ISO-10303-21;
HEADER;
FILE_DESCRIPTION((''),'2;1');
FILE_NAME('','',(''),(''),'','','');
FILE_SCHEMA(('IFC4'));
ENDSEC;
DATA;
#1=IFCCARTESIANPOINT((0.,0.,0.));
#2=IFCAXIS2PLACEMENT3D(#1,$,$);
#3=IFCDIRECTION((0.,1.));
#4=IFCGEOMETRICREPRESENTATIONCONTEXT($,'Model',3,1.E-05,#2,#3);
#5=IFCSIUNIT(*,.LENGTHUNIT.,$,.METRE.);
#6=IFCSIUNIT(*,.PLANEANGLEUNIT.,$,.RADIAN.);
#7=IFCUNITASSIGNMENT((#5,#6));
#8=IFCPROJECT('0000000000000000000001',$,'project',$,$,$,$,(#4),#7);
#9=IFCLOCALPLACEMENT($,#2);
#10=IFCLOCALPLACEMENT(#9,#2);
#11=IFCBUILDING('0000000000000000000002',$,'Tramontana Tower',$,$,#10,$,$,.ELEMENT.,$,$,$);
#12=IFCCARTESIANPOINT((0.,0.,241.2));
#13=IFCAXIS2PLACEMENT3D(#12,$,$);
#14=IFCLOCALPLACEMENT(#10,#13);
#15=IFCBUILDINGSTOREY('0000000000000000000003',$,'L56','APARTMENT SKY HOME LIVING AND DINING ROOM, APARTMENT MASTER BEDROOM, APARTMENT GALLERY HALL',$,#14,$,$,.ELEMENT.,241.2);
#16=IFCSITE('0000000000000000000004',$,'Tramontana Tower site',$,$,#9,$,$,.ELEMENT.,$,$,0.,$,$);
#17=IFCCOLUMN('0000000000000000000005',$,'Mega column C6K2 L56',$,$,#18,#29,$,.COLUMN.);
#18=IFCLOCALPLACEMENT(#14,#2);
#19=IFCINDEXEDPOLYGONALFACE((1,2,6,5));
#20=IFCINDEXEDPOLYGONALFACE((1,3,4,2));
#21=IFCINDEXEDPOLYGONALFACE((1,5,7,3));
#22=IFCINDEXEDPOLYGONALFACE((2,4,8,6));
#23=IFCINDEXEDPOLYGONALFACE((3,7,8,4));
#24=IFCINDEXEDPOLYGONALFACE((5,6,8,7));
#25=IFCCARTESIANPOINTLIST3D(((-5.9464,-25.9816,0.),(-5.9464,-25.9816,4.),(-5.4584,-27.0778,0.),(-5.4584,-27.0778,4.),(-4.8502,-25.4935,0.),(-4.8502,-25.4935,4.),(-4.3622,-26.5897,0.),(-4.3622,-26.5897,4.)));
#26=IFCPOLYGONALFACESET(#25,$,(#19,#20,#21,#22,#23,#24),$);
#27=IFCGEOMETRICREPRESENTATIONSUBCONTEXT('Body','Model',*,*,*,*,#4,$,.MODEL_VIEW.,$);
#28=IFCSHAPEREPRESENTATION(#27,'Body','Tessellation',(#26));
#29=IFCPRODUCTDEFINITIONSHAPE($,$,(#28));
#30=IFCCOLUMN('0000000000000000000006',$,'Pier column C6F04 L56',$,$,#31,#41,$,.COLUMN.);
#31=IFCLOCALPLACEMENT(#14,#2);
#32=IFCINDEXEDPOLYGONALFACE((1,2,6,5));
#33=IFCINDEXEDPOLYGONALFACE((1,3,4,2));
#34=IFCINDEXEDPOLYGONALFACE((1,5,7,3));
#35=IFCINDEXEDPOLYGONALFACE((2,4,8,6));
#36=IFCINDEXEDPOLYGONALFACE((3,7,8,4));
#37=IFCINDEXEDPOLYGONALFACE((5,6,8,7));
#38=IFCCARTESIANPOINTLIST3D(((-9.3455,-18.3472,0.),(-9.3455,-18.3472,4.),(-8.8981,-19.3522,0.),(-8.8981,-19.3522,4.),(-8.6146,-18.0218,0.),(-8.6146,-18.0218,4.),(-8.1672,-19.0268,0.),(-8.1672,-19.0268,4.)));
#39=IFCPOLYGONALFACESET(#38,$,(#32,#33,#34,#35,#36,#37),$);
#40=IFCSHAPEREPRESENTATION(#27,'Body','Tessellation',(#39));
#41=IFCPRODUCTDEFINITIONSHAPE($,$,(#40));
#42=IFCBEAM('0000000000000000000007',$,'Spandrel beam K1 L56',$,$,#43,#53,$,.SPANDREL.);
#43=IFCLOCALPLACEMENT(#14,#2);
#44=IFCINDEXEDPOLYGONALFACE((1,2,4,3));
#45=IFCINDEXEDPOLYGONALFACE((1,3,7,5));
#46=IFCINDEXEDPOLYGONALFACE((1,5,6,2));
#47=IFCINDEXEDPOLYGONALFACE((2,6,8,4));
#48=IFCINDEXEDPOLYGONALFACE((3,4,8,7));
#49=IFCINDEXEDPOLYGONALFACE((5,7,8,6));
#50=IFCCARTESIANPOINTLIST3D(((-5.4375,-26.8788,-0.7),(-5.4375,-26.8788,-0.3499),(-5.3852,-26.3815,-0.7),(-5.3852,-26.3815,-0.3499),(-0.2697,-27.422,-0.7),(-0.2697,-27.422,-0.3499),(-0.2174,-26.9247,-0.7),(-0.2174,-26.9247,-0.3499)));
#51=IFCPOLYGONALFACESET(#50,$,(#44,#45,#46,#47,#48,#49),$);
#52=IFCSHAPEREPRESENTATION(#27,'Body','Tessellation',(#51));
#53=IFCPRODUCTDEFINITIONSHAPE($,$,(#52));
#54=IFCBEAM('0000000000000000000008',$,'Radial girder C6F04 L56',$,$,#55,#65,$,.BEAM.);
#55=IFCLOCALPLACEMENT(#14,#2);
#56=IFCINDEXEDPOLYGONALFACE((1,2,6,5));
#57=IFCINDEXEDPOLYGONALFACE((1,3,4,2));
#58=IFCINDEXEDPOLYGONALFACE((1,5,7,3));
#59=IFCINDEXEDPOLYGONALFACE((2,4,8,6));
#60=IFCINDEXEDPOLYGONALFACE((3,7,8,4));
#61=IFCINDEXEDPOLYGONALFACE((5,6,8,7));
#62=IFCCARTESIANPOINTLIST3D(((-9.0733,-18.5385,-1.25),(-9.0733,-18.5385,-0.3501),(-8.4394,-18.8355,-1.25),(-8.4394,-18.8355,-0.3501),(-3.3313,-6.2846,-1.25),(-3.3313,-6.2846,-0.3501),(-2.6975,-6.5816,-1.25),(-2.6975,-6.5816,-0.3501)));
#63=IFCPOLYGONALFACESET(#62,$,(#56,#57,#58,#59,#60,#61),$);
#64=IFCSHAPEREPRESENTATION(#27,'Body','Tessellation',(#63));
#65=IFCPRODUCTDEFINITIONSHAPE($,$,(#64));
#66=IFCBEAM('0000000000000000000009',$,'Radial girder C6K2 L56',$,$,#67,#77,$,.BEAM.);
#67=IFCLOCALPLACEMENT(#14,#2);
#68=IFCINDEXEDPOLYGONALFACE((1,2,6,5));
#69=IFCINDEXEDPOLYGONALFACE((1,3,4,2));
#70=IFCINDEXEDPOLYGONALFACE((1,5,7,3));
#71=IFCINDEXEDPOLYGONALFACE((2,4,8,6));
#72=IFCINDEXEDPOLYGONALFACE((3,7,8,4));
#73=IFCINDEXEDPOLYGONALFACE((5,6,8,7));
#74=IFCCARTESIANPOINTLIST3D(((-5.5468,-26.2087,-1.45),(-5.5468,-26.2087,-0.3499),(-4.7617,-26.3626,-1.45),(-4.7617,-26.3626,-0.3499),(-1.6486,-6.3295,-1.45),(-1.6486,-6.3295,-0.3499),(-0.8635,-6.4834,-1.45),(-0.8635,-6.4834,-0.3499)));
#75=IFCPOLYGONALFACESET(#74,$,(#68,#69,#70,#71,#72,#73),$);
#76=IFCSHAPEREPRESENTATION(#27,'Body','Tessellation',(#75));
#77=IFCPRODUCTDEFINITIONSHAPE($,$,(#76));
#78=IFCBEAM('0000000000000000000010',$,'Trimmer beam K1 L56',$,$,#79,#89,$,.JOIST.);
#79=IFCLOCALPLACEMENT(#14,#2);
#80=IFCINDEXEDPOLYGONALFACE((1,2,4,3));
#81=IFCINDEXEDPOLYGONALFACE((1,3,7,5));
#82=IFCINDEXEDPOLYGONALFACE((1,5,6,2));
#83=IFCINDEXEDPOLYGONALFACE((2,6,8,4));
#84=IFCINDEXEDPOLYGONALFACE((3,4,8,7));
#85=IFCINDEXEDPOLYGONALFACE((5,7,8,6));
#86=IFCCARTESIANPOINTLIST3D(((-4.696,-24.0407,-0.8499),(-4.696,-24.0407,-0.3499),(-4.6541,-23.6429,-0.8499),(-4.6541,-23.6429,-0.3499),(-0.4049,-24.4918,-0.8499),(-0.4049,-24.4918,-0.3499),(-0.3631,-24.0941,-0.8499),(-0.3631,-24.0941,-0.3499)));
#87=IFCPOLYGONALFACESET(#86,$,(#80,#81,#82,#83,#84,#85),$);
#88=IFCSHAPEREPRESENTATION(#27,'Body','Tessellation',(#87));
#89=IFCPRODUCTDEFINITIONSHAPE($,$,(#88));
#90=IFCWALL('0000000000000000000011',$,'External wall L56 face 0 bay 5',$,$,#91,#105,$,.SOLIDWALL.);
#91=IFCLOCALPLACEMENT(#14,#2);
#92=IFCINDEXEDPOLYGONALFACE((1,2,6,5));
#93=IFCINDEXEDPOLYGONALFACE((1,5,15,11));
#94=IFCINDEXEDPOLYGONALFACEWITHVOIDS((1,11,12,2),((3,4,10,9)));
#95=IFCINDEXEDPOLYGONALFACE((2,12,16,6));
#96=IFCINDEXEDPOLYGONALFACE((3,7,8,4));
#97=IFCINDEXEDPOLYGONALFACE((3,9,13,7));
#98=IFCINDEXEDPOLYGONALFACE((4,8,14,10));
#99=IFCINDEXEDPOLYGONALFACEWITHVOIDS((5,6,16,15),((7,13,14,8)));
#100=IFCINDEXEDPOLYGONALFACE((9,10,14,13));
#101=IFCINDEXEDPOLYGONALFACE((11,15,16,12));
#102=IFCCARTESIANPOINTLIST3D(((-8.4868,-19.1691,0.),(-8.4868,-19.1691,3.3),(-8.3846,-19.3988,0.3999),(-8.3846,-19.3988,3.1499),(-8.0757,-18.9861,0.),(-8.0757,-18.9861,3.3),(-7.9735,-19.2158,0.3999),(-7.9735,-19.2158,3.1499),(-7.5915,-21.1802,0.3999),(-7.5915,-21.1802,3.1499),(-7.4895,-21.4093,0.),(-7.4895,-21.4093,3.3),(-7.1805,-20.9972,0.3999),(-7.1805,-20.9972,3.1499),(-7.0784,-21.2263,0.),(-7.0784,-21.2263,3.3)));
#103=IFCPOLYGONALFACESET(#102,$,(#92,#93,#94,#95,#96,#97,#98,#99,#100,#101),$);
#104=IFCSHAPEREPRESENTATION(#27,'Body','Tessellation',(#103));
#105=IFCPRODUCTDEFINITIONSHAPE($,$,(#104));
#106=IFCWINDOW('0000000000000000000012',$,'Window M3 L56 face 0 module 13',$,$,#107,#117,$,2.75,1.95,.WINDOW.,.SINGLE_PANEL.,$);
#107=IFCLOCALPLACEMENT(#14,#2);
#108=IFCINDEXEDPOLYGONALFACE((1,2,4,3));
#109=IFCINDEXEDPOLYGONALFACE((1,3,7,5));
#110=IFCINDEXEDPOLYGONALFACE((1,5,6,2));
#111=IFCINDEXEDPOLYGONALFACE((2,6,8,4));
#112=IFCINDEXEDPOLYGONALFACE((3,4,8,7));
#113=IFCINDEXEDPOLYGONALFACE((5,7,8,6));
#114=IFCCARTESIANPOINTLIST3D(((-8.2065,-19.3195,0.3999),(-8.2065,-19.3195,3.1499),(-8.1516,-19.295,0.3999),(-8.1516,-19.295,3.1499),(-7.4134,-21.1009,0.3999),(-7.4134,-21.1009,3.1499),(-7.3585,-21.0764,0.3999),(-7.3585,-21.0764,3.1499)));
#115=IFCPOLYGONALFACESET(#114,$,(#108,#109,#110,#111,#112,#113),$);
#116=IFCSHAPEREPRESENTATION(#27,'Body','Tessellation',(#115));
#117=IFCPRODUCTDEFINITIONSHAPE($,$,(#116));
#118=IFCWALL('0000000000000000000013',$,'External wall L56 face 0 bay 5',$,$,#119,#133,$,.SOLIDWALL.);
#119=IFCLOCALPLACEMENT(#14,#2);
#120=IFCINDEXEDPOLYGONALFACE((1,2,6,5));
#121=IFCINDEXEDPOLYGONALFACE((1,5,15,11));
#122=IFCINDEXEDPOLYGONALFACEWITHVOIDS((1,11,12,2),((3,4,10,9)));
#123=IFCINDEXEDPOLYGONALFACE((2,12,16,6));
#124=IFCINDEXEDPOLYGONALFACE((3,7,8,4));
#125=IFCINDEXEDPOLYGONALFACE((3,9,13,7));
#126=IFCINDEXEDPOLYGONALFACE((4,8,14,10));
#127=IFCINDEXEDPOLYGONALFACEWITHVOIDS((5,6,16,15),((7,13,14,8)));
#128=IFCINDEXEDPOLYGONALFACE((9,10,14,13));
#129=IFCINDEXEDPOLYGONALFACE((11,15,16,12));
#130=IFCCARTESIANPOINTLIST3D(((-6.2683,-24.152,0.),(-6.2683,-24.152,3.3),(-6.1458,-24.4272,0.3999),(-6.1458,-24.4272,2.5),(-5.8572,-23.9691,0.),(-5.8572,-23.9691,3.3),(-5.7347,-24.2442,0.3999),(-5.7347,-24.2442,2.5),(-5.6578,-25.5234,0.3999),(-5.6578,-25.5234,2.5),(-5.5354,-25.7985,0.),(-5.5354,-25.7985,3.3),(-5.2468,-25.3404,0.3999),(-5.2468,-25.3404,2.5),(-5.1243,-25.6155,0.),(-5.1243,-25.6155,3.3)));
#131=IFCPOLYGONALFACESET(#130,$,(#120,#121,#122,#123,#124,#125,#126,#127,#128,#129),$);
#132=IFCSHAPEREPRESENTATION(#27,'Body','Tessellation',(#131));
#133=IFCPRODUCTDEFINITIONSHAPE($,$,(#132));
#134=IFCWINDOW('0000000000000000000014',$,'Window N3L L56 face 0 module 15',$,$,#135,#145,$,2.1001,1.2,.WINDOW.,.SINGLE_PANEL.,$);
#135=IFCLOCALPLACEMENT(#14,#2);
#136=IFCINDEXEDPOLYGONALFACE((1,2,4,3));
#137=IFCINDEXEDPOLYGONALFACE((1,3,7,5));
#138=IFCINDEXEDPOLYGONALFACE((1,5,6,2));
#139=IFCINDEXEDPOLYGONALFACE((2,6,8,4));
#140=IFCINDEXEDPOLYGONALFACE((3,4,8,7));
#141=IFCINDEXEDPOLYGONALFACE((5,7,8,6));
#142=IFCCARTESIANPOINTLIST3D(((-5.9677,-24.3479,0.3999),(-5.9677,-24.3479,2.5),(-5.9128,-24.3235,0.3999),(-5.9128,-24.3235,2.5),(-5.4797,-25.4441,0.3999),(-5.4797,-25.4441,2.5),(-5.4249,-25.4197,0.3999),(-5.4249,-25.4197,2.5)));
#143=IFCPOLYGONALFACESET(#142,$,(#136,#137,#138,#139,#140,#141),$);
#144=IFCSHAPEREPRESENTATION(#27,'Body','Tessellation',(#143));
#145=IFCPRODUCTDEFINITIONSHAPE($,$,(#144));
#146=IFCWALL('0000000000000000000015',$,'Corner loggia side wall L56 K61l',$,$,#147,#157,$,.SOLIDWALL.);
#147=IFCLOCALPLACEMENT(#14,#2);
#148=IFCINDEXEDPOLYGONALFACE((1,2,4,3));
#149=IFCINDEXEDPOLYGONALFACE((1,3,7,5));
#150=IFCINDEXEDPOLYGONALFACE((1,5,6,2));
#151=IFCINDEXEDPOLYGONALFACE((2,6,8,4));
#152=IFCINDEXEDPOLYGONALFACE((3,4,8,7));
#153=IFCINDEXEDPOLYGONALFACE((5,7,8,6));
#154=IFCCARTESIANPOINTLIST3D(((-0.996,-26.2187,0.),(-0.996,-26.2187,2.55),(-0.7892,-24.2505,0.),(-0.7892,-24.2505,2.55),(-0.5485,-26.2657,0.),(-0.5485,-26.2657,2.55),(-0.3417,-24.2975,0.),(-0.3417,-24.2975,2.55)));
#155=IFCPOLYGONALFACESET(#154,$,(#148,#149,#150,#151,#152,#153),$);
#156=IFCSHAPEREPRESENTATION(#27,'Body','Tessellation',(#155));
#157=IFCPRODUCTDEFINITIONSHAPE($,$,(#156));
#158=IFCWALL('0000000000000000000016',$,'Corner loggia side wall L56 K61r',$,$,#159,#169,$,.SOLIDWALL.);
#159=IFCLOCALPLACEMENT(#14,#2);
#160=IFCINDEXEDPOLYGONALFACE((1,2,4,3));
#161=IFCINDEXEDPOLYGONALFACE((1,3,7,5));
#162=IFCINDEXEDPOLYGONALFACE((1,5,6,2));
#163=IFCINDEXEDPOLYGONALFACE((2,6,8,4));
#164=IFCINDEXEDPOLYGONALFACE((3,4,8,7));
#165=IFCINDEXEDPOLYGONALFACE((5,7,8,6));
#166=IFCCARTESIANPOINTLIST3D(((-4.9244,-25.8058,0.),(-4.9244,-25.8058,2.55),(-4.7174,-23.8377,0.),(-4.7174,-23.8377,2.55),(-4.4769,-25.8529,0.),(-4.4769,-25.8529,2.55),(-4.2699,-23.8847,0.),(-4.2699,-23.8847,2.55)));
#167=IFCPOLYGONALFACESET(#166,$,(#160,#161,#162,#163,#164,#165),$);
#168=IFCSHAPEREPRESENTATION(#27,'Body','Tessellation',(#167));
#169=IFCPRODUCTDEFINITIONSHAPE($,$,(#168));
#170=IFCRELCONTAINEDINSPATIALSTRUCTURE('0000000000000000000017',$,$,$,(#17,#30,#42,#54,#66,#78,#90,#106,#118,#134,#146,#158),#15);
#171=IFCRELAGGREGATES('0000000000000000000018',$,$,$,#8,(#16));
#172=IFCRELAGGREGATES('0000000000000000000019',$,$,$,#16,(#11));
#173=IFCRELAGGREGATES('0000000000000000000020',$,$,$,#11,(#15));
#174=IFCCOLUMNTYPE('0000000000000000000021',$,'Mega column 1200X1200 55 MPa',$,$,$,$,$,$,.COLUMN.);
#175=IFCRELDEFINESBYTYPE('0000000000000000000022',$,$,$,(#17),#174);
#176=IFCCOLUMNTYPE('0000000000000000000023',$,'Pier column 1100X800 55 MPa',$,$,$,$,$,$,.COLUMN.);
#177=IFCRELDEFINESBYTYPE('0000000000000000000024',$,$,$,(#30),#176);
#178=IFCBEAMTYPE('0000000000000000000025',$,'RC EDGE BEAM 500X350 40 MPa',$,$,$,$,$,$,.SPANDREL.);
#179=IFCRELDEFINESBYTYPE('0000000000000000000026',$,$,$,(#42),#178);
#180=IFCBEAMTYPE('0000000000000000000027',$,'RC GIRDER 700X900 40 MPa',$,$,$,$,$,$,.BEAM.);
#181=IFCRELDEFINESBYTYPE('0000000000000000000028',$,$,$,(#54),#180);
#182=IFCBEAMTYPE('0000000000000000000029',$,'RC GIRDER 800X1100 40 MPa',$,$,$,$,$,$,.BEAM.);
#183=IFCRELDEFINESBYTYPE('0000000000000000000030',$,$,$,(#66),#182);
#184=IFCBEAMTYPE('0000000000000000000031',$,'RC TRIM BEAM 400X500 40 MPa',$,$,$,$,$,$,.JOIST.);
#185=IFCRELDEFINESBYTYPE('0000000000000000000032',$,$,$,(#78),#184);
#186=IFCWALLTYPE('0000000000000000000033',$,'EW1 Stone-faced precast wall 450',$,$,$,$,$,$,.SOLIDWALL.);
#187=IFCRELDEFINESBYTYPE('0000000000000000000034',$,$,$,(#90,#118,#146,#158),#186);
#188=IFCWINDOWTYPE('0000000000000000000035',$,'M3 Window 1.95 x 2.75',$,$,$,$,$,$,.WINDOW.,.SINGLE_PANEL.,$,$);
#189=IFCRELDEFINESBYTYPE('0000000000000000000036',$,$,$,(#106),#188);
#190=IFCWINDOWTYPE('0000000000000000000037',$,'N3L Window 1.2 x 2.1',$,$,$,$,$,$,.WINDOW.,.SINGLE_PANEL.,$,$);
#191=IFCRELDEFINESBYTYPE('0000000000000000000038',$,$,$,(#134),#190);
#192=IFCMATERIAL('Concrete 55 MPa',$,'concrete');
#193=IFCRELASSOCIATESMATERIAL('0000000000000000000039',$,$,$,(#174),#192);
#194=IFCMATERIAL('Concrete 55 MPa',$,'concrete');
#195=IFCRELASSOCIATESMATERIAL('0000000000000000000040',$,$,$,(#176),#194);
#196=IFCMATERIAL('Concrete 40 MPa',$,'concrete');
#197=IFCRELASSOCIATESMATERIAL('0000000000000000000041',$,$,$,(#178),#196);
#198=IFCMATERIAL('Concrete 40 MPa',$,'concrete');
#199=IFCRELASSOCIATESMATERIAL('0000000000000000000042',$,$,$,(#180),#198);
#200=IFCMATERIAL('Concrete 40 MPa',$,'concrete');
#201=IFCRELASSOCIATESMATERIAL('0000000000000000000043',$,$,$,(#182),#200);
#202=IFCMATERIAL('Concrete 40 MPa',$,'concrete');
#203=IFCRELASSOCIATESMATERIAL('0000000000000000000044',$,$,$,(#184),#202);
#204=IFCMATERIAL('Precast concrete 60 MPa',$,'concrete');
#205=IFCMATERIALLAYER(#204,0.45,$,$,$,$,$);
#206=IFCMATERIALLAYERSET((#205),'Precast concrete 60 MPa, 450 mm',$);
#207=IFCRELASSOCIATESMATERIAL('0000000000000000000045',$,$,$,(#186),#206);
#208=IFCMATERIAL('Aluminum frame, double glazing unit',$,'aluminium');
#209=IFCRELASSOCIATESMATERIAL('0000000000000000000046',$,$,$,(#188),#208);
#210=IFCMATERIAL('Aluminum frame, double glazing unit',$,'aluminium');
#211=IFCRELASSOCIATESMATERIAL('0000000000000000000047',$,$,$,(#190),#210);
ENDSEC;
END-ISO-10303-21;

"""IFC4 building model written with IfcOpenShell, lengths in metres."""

from ifc_helpers import new_model, si_unit, direction, frame, frame_2d, origin, origin_2d, place, context, subcontext, project, spatial, rectangle, extrude, material, layer, layer_set, material_profile, profile_set, type_object, element, fill, save


model = new_model("IFC4")

# Units and contexts
model_context = context("Model", 3, precision=1e-05, world=origin(), true_north=direction((0.0, 1.0)))
body_context = subcontext(model_context, "Body", "Model", "MODEL_VIEW")
ifc_project = project(units=[si_unit("LENGTHUNIT", "METRE"), si_unit("PLANEANGLEUNIT", "RADIAN")], contexts=[model_context])

# Site, building, storey
site_placement = place(None, origin())
site = spatial("IfcSite", under=ifc_project, at=site_placement, Name="Tramontana Tower site", CompositionType="ELEMENT", RefElevation=0.0)
building_placement = place(site_placement, origin())
building = spatial("IfcBuilding", under=site, at=building_placement, Name="Tramontana Tower", CompositionType="ELEMENT")
storey_placement = place(building_placement, frame((0.0, 0.0, 241.2)))
storey = spatial("IfcBuildingStorey", under=building, at=storey_placement, Name="L56", Description="APARTMENT SKY HOME LIVING AND DINING ROOM, APARTMENT MASTER BEDROOM, APARTMENT GALLERY HALL", CompositionType="ELEMENT", Elevation=241.2)

# Columns
ifc_material_1 = material(Name="Concrete 55 MPa", Category="concrete")
ifc_material_profile_1 = material_profile(ifc_material_1, rectangle(XDim=1.2, YDim=1.2, at=origin_2d()), Name="Mega column 1200X1200 55 MPa")
ifc_profile_set_1 = profile_set([ifc_material_profile_1], Name="Concrete 55 MPa")
column_type_1 = type_object("IfcColumnType", Name="Mega column 1200X1200 55 MPa", PredefinedType="COLUMN", material=ifc_profile_set_1)
column_1_placement = place(storey_placement, frame((-5.1543, -26.2856, 0.0), z_axis=(0.0, 0.0, 1.0), x_axis=(0.406737, -0.913545, 0.0)))
element("IfcColumn", 1, at=column_1_placement, inside=storey, type_object=column_type_1, Name="Mega column C6K2 L56", PredefinedType="COLUMN", context=body_context, shape_type="SweptSolid", body=[
    extrude(rectangle(XDim=1.2, YDim=1.2, at=origin_2d()), origin(), (0.0, 0.0, 1.0), 4.0),
])
ifc_material_2 = material(Name="Concrete 55 MPa", Category="concrete")
ifc_material_profile_2 = material_profile(ifc_material_2, rectangle(XDim=1.1001, YDim=0.8, at=origin_2d()), Name="Pier column 1100X800 55 MPa")
ifc_profile_set_2 = profile_set([ifc_material_profile_2], Name="Concrete 55 MPa")
column_type_2 = type_object("IfcColumnType", Name="Pier column 1100X800 55 MPa", PredefinedType="COLUMN", material=ifc_profile_set_2)
column_2_placement = place(storey_placement, frame((-8.7563, -18.687, 0.0), z_axis=(0.0, 0.0, 1.0), x_axis=(0.406737, -0.913545, 0.0)))
element("IfcColumn", 2, at=column_2_placement, inside=storey, type_object=column_type_2, Name="Pier column C6F04 L56", PredefinedType="COLUMN", context=body_context, shape_type="SweptSolid", body=[
    extrude(rectangle(XDim=1.1001, YDim=0.8, at=origin_2d()), origin(), (0.0, 0.0, 1.0), 4.0),
])

# Beams
ifc_material_3 = material(Name="Concrete 40 MPa", Category="concrete")
ifc_material_profile_3 = material_profile(ifc_material_3, rectangle(XDim=0.5, YDim=0.3501, at=origin_2d()), Name="RC EDGE BEAM 500X350 40 MPa")
ifc_profile_set_3 = profile_set([ifc_material_profile_3], Name="Concrete 40 MPa")
beam_type_1 = type_object("IfcBeamType", Name="RC EDGE BEAM 500X350 40 MPa", PredefinedType="SPANDREL", material=ifc_profile_set_3)
beam_1_placement = place(storey_placement, frame((-5.4114, -26.6301, -0.5249), z_axis=(0.994521, -0.10454, 0.0), x_axis=(0.10454, 0.994521, 0.0)))
element("IfcBeam", 3, at=beam_1_placement, inside=storey, type_object=beam_type_1, Name="Spandrel beam K1 L56", PredefinedType="SPANDREL", context=body_context, shape_type="SweptSolid", body=[
    extrude(rectangle(XDim=0.5, YDim=0.3501, at=origin_2d()), origin(), (0.0, 0.0, 1.0), 5.1963),
])
ifc_material_4 = material(Name="Concrete 40 MPa", Category="concrete")
ifc_material_profile_4 = material_profile(ifc_material_4, rectangle(XDim=0.7, YDim=0.8999, at=origin_2d()), Name="RC GIRDER 700X900 40 MPa")
ifc_profile_set_4 = profile_set([ifc_material_profile_4], Name="Concrete 40 MPa")
beam_type_2 = type_object("IfcBeamType", Name="RC GIRDER 700X900 40 MPa", PredefinedType="BEAM", material=ifc_profile_set_4)
beam_2_placement = place(storey_placement, frame((-8.7563, -18.687, -0.8), z_axis=(0.424308, 0.905518, 0.0), x_axis=(-0.905518, 0.424308, 0.0)))
element("IfcBeam", 4, at=beam_2_placement, inside=storey, type_object=beam_type_2, Name="Radial girder C6F04 L56", PredefinedType="BEAM", context=body_context, shape_type="SweptSolid", body=[
    extrude(rectangle(XDim=0.7, YDim=0.8999, at=origin_2d()), origin(), (0.0, 0.0, 1.0), 13.5325),
])
ifc_material_5 = material(Name="Concrete 40 MPa", Category="concrete")
ifc_material_profile_5 = material_profile(ifc_material_5, rectangle(XDim=0.8, YDim=1.1001, at=origin_2d()), Name="RC GIRDER 800X1100 40 MPa")
ifc_profile_set_5 = profile_set([ifc_material_profile_5], Name="Concrete 40 MPa")
beam_type_3 = type_object("IfcBeamType", Name="RC GIRDER 800X1100 40 MPa", PredefinedType="BEAM", material=ifc_profile_set_5)
beam_3_placement = place(storey_placement, frame((-5.1543, -26.2856, -0.8999), z_axis=(0.19243, 0.981311, 0.0), x_axis=(-0.981311, 0.19243, 0.0)))
element("IfcBeam", 5, at=beam_3_placement, inside=storey, type_object=beam_type_3, Name="Radial girder C6K2 L56", PredefinedType="BEAM", context=body_context, shape_type="SweptSolid", body=[
    extrude(rectangle(XDim=0.8, YDim=1.1001, at=origin_2d()), origin(), (0.0, 0.0, 1.0), 20.2578),
])
ifc_material_6 = material(Name="Concrete 40 MPa", Category="concrete")
ifc_material_profile_6 = material_profile(ifc_material_6, rectangle(XDim=0.3999, YDim=0.5, at=origin_2d()), Name="RC TRIM BEAM 400X500 40 MPa")
ifc_profile_set_6 = profile_set([ifc_material_profile_6], Name="Concrete 40 MPa")
beam_type_4 = type_object("IfcBeamType", Name="RC TRIM BEAM 400X500 40 MPa", PredefinedType="JOIST", material=ifc_profile_set_6)
beam_4_placement = place(storey_placement, frame((-4.675, -23.8418, -0.5999), z_axis=(0.994518, -0.104567, 0.0), x_axis=(0.104567, 0.994518, 0.0)))
element("IfcBeam", 6, at=beam_4_placement, inside=storey, type_object=beam_type_4, Name="Trimmer beam K1 L56", PredefinedType="JOIST", context=body_context, shape_type="SweptSolid", body=[
    extrude(rectangle(XDim=0.3999, YDim=0.5, at=origin_2d()), origin(), (0.0, 0.0, 1.0), 4.3147),
])

# Walls, openings, windows
ifc_material_7 = material(Name="Precast concrete 60 MPa", Category="concrete")
ifc_layer_1 = layer(ifc_material_7, 0.45)
ifc_layer_set_1 = layer_set([ifc_layer_1], Name="Precast concrete 60 MPa, 450 mm")
wall_type_1 = type_object("IfcWallType", Name="EW1 Stone-faced precast wall 450", PredefinedType="SOLIDWALL", material=ifc_layer_set_1)
wall_1_placement = place(storey_placement, frame((-8.2812, -19.0776, 0.0), z_axis=(0.0, 0.0, 1.0), x_axis=(0.406702, -0.913561, 0.0)))
wall_1 = element("IfcWall", 7, at=wall_1_placement, inside=storey, type_object=wall_type_1, Name="External wall L56 face 0 bay 5", PredefinedType="SOLIDWALL", context=body_context, shape_type="SweptSolid", body=[
    extrude(rectangle(XDim=2.4521, YDim=0.45, at=frame_2d((1.2261, 0.0))), origin(), (0.0, 0.0, 1.0), 3.3),
])
opening_1_placement = place(wall_1_placement, frame((0.2512, 0.0, 0.3999)))
opening_1 = element("IfcOpeningElement", 8, at=opening_1_placement, cuts=wall_1, PredefinedType="OPENING", context=body_context, shape_type="SweptSolid", body=[
    extrude(rectangle(XDim=1.95, YDim=2.75, at=frame_2d((0.9751, 1.375))), frame((0.0, 0.2349, 0.0), z_axis=(0.0, -1.0, 0.0), x_axis=(1.0, 0.0, 0.0)), (0.0, 0.0, 1.0), 0.47),
])
ifc_material_8 = material(Name="Aluminum frame, double glazing unit", Category="aluminium")
window_type_1 = type_object("IfcWindowType", Name="M3 Window 1.95 x 2.75", PartitioningType="SINGLE_PANEL", PredefinedType="WINDOW", material=ifc_material_8)
window_1_placement = place(opening_1_placement, origin())
window_1 = element("IfcWindow", 9, at=window_1_placement, inside=storey, type_object=window_type_1, Name="Window M3 L56 face 0 module 13", OverallHeight=2.75, OverallWidth=1.95, PartitioningType="SINGLE_PANEL", PredefinedType="WINDOW", context=body_context, shape_type="SweptSolid", body=[
    extrude(rectangle(XDim=1.95, YDim=2.75, at=frame_2d((0.9751, 1.375))), frame((0.0, 0.03, 0.0), z_axis=(0.0, -1.0, 0.0), x_axis=(1.0, 0.0, 0.0)), (0.0, 0.0, 1.0), 0.0601),
])
fill(opening_1, window_1)
wall_2_placement = place(storey_placement, frame((-6.0627, -24.0605, 0.0), z_axis=(0.0, 0.0, 1.0), x_axis=(0.406666, -0.913577, 0.0)))
wall_2 = element("IfcWall", 10, at=wall_2_placement, inside=storey, type_object=wall_type_1, Name="External wall L56 face 0 bay 5", PredefinedType="SOLIDWALL", context=body_context, shape_type="SweptSolid", body=[
    extrude(rectangle(XDim=1.8022, YDim=0.45, at=frame_2d((0.9011, 0.0))), origin(), (0.0, 0.0, 1.0), 3.3),
])
opening_2_placement = place(wall_2_placement, frame((0.301, 0.0, 0.3999)))
opening_2 = element("IfcOpeningElement", 11, at=opening_2_placement, cuts=wall_2, PredefinedType="OPENING", context=body_context, shape_type="SweptSolid", body=[
    extrude(rectangle(XDim=1.2, YDim=2.1001, at=frame_2d((0.6001, 1.05))), frame((0.0, 0.2349, 0.0), z_axis=(0.0, -1.0, 0.0), x_axis=(1.0, 0.0, 0.0)), (0.0, 0.0, 1.0), 0.47),
])
ifc_material_9 = material(Name="Aluminum frame, double glazing unit", Category="aluminium")
window_type_2 = type_object("IfcWindowType", Name="N3L Window 1.2 x 2.1", PartitioningType="SINGLE_PANEL", PredefinedType="WINDOW", material=ifc_material_9)
window_2_placement = place(opening_2_placement, origin())
window_2 = element("IfcWindow", 12, at=window_2_placement, inside=storey, type_object=window_type_2, Name="Window N3L L56 face 0 module 15", OverallHeight=2.1001, OverallWidth=1.2, PartitioningType="SINGLE_PANEL", PredefinedType="WINDOW", context=body_context, shape_type="SweptSolid", body=[
    extrude(rectangle(XDim=1.2, YDim=2.1001, at=frame_2d((0.6001, 1.05))), frame((0.0, 0.03, 0.0), z_axis=(0.0, -1.0, 0.0), x_axis=(1.0, 0.0, 0.0)), (0.0, 0.0, 1.0), 0.0601),
])
fill(opening_2, window_2)

# Walls
for number, where, z_axis, x_axis, name in (
    (13, (-0.7722, -26.2422, 0.0), (0.0, 0.0, 1.0), (0.104486, 0.994526, 0.0), "Corner loggia side wall L56 K61l"),
    (14, (-4.7007, -25.8293, 0.0), (0.0, 0.0, 1.0), (0.104608, 0.994514, 0.0), "Corner loggia side wall L56 K61r"),
):
    element("IfcWall", number, at=place(storey_placement, frame(where, z_axis=z_axis, x_axis=x_axis)), inside=storey, type_object=wall_type_1, Name=name, PredefinedType="SOLIDWALL", context=body_context, shape_type="SweptSolid", body=[
        extrude(rectangle(XDim=1.979, YDim=0.45, at=frame_2d((0.9895, 0.0))), origin(), (0.0, 0.0, 1.0), 2.55),
    ])

save(model, "model.ifc")
